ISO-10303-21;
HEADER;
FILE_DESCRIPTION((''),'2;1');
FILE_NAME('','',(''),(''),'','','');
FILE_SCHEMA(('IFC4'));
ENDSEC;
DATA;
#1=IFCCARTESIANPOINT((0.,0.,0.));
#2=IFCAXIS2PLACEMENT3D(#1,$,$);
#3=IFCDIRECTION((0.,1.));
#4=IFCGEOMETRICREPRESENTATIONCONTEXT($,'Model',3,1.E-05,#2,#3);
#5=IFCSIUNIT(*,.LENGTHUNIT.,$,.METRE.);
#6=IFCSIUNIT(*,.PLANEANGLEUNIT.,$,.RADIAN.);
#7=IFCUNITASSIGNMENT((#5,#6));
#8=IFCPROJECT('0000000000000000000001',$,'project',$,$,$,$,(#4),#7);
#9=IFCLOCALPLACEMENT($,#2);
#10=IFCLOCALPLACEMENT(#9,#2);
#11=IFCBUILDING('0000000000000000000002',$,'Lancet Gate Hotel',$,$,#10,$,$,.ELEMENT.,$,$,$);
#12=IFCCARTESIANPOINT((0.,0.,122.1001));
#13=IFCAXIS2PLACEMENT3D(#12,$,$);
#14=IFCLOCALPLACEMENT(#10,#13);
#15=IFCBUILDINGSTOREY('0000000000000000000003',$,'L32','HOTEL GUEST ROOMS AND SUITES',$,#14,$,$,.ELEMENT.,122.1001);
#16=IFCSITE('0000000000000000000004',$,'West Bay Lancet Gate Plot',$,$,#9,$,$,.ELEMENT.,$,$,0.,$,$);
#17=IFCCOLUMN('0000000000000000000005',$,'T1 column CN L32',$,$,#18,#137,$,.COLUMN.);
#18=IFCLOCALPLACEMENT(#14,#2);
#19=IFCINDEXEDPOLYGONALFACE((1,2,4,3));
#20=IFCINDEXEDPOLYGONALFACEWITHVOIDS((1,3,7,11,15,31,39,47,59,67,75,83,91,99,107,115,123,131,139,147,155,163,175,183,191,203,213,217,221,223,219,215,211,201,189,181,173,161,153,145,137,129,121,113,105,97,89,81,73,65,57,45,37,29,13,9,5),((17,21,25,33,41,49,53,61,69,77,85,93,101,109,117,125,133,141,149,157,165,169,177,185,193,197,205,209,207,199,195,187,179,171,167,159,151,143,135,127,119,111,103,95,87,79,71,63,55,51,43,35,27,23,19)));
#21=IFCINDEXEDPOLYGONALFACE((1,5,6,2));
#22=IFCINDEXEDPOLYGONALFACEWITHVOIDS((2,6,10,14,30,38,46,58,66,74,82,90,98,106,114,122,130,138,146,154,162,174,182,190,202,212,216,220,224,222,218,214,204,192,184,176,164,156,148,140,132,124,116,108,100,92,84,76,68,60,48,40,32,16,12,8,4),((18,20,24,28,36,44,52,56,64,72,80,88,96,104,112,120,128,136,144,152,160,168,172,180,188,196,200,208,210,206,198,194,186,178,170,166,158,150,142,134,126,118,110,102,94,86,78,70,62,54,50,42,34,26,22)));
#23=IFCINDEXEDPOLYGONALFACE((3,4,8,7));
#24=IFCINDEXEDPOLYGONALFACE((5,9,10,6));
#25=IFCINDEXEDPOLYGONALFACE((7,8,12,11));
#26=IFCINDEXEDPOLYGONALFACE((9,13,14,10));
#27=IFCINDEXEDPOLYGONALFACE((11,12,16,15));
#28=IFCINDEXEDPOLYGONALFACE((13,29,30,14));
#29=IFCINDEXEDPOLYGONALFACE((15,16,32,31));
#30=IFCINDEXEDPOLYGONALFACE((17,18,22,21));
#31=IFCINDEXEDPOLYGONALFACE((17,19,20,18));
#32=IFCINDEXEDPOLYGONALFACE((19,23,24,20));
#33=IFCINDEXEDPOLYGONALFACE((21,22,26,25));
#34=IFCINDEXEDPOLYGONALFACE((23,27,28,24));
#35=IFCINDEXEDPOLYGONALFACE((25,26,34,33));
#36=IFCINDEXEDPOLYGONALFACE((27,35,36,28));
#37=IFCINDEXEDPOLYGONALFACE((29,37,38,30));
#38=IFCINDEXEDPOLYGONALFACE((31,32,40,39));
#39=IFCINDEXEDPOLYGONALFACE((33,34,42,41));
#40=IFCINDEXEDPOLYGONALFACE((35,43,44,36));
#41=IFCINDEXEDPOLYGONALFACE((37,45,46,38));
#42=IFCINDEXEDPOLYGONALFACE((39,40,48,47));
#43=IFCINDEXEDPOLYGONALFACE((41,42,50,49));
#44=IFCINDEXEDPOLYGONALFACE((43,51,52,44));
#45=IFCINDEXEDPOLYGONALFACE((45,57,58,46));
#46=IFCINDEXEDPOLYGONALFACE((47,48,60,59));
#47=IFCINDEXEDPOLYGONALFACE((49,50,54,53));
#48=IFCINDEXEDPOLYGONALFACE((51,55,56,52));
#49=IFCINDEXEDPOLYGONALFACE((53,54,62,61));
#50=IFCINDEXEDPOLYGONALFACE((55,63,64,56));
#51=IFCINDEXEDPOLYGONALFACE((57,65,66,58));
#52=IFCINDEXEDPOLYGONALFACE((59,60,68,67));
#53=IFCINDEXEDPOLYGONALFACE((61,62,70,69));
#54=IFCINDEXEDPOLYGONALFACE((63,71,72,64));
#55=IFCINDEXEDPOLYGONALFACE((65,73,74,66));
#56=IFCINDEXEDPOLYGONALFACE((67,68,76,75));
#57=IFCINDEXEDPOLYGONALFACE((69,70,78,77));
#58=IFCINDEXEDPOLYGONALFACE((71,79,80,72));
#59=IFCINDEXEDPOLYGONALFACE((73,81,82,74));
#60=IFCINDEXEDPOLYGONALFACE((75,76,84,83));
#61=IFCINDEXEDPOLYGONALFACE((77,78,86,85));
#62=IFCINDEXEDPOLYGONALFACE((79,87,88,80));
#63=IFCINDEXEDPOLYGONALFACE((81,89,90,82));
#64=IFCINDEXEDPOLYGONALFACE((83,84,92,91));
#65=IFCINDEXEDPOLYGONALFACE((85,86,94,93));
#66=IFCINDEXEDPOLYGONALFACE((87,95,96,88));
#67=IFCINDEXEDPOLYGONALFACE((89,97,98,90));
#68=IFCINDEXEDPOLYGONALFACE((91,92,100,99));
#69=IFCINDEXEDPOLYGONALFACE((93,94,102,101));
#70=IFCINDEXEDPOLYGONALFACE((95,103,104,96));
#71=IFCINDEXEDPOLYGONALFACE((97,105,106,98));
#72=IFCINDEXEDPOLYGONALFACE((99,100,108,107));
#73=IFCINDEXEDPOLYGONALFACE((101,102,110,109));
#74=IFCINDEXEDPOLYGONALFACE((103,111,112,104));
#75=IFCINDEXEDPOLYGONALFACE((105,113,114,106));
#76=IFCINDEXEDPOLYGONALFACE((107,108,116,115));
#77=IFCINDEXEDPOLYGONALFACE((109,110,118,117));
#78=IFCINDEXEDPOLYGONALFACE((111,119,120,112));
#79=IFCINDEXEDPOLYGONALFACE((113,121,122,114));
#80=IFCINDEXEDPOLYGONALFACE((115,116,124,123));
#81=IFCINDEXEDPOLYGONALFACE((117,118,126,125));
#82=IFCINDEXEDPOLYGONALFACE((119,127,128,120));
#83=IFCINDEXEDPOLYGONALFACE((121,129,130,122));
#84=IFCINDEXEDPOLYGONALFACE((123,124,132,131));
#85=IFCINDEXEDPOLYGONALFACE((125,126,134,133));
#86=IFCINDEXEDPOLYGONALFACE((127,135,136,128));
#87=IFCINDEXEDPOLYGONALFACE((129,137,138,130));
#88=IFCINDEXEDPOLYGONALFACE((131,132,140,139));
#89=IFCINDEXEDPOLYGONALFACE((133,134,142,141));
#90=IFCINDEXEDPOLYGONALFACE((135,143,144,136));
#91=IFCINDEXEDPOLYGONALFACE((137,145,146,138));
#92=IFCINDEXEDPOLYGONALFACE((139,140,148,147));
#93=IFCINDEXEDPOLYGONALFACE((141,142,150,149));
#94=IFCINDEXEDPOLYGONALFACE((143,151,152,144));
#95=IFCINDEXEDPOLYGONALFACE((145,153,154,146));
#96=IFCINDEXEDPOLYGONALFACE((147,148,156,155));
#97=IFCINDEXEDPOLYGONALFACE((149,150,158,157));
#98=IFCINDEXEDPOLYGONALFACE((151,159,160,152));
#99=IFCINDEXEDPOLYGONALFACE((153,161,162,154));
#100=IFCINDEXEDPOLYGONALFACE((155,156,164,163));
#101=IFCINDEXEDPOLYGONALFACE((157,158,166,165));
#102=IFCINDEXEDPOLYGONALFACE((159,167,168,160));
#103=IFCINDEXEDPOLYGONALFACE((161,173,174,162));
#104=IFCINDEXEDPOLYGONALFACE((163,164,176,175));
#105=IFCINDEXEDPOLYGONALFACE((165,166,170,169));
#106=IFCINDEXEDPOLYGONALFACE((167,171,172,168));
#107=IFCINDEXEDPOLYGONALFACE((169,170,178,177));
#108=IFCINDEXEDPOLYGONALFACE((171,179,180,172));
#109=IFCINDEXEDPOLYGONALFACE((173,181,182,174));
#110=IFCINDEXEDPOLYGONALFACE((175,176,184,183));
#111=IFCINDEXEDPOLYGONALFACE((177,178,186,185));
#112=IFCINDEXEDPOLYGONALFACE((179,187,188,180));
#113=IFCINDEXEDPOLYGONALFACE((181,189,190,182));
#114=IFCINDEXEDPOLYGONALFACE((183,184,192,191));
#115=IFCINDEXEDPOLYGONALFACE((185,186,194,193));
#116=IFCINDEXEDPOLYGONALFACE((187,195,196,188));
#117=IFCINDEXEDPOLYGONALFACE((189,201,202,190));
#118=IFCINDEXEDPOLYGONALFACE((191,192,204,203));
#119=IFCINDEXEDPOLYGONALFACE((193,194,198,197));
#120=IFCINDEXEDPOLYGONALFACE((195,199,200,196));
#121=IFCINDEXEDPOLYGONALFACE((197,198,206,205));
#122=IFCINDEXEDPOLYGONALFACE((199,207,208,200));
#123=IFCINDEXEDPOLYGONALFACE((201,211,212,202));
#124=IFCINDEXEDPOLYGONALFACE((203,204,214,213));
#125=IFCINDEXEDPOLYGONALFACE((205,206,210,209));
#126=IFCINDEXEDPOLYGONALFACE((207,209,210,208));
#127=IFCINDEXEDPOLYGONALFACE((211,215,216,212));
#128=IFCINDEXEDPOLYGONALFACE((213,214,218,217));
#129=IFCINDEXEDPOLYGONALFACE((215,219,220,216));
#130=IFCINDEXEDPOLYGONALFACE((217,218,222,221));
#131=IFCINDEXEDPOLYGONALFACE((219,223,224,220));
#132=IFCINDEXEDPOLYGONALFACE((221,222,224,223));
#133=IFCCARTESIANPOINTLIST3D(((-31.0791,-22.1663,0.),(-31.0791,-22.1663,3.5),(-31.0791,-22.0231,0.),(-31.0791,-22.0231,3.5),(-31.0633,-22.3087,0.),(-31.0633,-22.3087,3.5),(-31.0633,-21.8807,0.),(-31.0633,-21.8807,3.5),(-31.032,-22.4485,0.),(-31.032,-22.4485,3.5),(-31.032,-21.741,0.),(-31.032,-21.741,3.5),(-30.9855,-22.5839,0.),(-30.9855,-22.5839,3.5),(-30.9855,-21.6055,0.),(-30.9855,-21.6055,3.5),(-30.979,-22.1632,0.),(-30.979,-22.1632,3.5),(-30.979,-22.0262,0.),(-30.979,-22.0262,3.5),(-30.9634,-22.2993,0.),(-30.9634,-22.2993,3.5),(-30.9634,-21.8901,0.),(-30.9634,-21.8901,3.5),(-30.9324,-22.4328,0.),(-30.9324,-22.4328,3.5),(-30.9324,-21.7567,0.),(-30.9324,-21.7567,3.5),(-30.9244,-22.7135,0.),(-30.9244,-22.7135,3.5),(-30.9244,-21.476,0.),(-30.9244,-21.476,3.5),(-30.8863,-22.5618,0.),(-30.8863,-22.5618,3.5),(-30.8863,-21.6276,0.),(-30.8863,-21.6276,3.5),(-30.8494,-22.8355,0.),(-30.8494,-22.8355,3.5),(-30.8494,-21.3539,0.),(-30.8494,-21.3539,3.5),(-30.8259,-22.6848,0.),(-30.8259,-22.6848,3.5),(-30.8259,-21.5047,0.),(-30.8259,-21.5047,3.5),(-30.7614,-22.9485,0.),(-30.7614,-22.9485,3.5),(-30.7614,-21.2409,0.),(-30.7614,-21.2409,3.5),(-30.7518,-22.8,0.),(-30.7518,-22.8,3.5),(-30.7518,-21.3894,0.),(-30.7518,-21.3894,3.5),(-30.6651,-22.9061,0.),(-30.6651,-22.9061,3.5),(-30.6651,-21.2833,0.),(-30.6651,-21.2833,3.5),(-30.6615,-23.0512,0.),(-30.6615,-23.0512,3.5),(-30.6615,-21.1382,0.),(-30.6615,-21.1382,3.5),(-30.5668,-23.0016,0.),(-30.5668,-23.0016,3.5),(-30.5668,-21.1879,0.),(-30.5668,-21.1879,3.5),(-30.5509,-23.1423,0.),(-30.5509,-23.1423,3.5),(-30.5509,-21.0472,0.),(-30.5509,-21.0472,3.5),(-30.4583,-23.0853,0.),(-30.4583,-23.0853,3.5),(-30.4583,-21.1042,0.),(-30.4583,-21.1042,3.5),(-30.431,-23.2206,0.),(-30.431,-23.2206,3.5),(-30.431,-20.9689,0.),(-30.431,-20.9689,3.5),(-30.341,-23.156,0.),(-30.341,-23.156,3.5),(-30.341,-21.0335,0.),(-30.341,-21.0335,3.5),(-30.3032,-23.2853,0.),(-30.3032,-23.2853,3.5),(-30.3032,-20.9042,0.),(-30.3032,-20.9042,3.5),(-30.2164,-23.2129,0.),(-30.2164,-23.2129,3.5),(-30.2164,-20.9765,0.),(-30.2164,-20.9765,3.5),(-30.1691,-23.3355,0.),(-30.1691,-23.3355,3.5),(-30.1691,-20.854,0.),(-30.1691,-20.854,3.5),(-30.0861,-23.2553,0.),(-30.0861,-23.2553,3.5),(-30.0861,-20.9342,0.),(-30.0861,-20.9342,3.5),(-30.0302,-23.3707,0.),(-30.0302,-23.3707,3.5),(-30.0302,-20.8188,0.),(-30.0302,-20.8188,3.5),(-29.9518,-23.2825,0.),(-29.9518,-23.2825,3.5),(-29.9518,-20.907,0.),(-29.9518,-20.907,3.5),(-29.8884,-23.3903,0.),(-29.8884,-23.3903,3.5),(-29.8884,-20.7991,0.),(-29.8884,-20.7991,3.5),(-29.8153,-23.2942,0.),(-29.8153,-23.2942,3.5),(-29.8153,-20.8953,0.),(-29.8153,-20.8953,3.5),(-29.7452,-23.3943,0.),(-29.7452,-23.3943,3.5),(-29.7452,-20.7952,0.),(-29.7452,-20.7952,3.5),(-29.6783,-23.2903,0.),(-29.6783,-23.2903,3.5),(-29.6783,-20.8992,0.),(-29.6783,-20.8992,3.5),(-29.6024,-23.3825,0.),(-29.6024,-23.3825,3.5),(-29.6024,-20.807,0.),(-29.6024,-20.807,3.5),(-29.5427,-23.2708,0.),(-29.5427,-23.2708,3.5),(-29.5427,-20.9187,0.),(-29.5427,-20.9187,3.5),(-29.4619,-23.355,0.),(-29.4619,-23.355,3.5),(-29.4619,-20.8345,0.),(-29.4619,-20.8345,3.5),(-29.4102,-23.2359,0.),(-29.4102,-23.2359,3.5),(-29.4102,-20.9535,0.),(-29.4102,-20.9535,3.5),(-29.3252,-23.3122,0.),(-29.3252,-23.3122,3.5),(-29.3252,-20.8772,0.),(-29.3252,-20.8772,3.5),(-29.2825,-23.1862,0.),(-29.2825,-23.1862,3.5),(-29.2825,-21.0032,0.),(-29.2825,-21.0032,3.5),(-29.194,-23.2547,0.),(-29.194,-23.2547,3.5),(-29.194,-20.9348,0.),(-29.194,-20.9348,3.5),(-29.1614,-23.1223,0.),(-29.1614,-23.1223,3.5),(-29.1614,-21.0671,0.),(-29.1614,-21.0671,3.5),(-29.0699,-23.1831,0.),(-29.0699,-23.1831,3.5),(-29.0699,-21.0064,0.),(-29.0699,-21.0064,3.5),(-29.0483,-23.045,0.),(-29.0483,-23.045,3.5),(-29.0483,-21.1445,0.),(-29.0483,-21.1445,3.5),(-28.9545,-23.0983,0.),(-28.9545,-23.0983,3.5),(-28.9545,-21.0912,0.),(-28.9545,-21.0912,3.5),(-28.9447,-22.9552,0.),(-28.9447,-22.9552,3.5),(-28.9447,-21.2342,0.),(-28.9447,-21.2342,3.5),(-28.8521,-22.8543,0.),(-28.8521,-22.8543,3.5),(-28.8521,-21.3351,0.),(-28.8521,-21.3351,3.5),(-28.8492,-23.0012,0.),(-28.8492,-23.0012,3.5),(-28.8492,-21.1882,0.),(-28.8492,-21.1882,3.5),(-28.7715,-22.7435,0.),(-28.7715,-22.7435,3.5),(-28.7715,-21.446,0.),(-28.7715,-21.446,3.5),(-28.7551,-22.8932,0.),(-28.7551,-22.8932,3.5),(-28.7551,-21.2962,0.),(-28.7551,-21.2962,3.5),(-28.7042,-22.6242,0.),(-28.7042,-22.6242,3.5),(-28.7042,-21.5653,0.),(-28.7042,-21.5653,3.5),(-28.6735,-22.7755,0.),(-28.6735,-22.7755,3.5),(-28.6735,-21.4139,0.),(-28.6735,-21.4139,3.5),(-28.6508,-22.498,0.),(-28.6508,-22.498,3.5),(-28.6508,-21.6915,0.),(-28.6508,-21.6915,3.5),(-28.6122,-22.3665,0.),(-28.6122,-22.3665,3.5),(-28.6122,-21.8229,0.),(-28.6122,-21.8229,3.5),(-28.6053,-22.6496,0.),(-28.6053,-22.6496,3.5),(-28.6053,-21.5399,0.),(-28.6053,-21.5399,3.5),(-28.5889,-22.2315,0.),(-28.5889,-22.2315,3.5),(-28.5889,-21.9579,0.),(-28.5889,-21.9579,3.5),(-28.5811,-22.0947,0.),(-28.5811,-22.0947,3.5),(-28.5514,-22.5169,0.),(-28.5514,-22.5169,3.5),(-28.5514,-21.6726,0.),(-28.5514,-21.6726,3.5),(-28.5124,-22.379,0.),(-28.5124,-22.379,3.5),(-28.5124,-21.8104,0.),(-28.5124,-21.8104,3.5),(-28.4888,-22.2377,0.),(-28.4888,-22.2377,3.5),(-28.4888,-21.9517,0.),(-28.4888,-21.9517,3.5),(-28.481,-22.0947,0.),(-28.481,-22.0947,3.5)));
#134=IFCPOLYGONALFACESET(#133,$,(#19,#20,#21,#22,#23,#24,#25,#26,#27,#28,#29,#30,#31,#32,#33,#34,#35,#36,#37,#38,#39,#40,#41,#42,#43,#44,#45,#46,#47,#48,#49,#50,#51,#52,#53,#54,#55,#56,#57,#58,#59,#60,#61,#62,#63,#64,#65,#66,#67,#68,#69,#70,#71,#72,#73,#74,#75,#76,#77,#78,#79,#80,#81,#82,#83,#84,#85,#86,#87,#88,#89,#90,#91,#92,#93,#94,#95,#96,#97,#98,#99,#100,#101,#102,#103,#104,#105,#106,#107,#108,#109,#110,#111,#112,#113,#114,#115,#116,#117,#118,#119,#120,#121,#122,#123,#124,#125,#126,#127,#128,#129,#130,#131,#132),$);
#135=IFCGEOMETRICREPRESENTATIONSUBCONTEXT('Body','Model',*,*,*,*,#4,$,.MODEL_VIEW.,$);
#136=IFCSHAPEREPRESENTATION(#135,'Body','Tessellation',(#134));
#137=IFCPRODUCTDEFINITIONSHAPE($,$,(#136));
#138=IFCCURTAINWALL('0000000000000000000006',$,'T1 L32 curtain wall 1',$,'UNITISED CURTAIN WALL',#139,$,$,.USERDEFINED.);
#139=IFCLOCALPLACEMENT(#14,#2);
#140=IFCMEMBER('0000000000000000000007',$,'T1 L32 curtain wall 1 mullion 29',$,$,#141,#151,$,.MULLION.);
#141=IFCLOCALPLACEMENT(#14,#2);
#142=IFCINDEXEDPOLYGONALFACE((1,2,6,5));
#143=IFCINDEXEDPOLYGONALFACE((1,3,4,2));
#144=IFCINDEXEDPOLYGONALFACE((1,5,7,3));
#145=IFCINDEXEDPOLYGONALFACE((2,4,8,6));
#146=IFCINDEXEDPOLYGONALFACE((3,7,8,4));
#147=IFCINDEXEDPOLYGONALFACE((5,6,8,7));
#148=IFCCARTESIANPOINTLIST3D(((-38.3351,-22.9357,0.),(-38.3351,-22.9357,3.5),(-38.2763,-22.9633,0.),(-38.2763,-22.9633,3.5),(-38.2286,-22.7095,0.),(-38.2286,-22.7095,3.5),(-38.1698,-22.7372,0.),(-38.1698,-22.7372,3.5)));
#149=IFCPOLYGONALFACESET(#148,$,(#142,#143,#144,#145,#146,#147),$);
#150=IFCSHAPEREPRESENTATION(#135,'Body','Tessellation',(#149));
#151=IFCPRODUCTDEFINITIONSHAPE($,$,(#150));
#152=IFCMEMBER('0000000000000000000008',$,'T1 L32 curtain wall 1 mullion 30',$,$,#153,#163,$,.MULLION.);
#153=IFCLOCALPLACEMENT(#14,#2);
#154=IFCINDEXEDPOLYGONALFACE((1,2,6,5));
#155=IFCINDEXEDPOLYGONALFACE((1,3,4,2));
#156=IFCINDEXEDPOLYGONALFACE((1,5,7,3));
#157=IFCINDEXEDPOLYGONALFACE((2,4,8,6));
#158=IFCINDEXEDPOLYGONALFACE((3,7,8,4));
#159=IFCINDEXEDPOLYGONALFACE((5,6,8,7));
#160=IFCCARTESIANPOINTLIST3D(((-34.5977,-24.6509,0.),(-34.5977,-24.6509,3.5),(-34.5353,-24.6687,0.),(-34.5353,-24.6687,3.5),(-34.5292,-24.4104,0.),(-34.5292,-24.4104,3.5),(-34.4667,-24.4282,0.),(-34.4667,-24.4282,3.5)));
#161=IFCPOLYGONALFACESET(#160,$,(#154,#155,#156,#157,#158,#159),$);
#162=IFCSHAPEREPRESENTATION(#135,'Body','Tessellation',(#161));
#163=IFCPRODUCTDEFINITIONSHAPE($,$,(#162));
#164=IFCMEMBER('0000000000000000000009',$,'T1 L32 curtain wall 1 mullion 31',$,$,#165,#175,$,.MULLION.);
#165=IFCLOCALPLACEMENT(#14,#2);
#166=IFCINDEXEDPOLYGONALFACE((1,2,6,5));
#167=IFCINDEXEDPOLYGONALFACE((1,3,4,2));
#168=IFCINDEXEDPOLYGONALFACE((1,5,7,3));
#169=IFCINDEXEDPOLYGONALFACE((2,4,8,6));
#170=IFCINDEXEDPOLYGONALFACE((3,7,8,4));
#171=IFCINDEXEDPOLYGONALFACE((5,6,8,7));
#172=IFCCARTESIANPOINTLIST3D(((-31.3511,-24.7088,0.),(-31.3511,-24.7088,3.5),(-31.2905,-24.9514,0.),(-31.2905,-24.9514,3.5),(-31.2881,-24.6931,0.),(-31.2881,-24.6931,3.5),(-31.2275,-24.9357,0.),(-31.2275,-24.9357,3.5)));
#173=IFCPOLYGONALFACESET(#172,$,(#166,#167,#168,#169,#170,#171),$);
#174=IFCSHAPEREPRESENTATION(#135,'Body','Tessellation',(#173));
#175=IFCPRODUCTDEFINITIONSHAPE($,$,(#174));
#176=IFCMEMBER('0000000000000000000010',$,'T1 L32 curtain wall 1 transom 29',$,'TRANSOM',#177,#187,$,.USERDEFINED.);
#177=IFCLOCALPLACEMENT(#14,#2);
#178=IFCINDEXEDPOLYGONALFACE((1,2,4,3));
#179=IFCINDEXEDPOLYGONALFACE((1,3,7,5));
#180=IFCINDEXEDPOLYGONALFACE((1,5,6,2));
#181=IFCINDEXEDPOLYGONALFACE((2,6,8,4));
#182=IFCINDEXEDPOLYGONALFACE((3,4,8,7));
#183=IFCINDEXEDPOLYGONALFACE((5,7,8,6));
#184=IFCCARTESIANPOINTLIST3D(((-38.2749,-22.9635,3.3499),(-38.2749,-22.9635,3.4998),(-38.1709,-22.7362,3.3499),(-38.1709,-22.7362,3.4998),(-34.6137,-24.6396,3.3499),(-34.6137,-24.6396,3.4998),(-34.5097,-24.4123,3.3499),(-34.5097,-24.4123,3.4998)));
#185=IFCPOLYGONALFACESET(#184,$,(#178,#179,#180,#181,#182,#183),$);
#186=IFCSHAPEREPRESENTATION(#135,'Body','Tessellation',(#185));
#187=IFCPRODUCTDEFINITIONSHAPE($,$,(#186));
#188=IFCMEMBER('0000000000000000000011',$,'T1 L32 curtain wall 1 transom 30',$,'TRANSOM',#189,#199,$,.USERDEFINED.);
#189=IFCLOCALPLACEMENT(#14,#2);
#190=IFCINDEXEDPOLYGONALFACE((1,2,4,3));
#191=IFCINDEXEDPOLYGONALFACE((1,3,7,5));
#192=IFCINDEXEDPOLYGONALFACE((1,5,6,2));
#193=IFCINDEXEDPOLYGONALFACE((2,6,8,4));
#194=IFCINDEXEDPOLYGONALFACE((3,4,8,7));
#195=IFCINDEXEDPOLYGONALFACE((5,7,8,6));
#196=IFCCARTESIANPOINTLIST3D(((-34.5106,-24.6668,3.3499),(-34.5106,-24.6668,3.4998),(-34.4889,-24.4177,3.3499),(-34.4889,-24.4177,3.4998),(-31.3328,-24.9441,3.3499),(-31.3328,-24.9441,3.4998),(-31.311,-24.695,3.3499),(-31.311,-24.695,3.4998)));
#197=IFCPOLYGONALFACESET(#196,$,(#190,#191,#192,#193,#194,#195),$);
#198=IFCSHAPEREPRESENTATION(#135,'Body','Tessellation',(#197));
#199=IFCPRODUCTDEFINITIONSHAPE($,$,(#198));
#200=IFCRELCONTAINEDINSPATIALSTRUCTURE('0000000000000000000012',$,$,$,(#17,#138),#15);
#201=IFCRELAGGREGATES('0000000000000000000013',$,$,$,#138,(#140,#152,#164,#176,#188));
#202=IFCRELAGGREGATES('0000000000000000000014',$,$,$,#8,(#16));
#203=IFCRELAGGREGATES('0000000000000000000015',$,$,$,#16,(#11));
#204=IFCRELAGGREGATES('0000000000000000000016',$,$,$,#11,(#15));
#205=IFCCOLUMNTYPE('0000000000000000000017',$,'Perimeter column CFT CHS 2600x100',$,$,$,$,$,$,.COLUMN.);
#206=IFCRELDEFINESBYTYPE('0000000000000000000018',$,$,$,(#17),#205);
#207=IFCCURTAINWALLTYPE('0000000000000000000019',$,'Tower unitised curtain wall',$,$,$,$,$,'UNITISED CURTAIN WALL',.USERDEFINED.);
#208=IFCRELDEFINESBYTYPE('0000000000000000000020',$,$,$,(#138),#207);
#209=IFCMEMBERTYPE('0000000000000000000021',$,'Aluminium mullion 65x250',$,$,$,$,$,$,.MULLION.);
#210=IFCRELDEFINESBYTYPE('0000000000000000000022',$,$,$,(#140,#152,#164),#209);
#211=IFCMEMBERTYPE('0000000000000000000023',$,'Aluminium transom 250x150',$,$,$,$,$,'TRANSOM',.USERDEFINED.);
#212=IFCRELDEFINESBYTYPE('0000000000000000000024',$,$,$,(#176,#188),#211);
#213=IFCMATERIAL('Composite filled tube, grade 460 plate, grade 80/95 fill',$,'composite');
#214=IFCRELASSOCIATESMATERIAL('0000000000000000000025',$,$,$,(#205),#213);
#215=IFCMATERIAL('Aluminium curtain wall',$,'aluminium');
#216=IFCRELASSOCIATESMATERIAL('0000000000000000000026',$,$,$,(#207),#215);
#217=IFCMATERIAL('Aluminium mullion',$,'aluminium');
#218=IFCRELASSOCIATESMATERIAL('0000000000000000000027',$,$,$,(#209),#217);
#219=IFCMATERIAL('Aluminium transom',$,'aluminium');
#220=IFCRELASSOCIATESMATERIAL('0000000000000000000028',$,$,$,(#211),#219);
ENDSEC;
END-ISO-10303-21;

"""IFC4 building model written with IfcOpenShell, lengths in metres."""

from ifc_helpers import new_model, si_unit, direction, frame, origin, origin_2d, place, context, subcontext, project, spatial, rectangle, hollow_circle, extrude, material, material_profile, profile_set, type_object, element, aggregate, save


model = new_model("IFC4")

# Units and contexts
model_context = context("Model", 3, precision=1e-05, world=origin(), true_north=direction((0.0, 1.0)))
body_context = subcontext(model_context, "Body", "Model", "MODEL_VIEW")
ifc_project = project(units=[si_unit("LENGTHUNIT", "METRE"), si_unit("PLANEANGLEUNIT", "RADIAN")], contexts=[model_context])

# Site, building, storey
site_placement = place(None, origin())
site = spatial("IfcSite", under=ifc_project, at=site_placement, Name="West Bay Lancet Gate Plot", CompositionType="ELEMENT", RefElevation=0.0)
building_placement = place(site_placement, origin())
building = spatial("IfcBuilding", under=site, at=building_placement, Name="Lancet Gate Hotel", CompositionType="ELEMENT")
storey_placement = place(building_placement, frame((0.0, 0.0, 122.1001)))
storey = spatial("IfcBuildingStorey", under=building, at=storey_placement, Name="L32", Description="HOTEL GUEST ROOMS AND SUITES", CompositionType="ELEMENT", Elevation=122.1001)

# Column
ifc_material_1 = material(Name="Composite filled tube, grade 460 plate, grade 80/95 fill", Category="composite")
ifc_material_profile_1 = material_profile(ifc_material_1, hollow_circle(Radius=1.3, WallThickness=0.1001, at=origin_2d()), Name="CHS 2600x100")
ifc_profile_set_1 = profile_set([ifc_material_profile_1], Name="Composite filled tube, grade 460 plate, grade 80/95 fill")
column_type = type_object("IfcColumnType", Name="Perimeter column CFT CHS 2600x100", PredefinedType="COLUMN", material=ifc_profile_set_1)
column_placement = place(storey_placement, frame((-29.781, -22.0947, 0.0), z_axis=(0.0, 0.0, 1.0), x_axis=(1.0, 0.0, 0.0)))
element("IfcColumn", 1, at=column_placement, inside=storey, type_object=column_type, Name="T1 column CN L32", PredefinedType="COLUMN", context=body_context, shape_type="SweptSolid", body=[
    extrude(hollow_circle(Radius=1.3, WallThickness=0.1001, at=origin_2d()), origin(), (0.0, 0.0, 1.0), 3.5),
])

# Curtain wall, members
ifc_material_2 = material(Name="Aluminium curtain wall", Category="aluminium")
curtain_wall_type = type_object("IfcCurtainWallType", Name="Tower unitised curtain wall", ElementType="UNITISED CURTAIN WALL", PredefinedType="USERDEFINED", material=ifc_material_2)
curtain_wall_placement = place(storey_placement, origin())
curtain_wall = element("IfcCurtainWall", 2, at=curtain_wall_placement, inside=storey, type_object=curtain_wall_type, Name="T1 L32 curtain wall 1", ObjectType="UNITISED CURTAIN WALL", PredefinedType="USERDEFINED")
ifc_material_3 = material(Name="Aluminium mullion", Category="aluminium")
ifc_material_profile_2 = material_profile(ifc_material_3, rectangle(XDim=0.0649, YDim=0.25, at=origin_2d()), Name="MULLION 65x250")
ifc_profile_set_2 = profile_set([ifc_material_profile_2], Name="Aluminium mullion")
member_type_1 = type_object("IfcMemberType", Name="Aluminium mullion 65x250", PredefinedType="MULLION", material=ifc_profile_set_2)
member_1_placement = place(storey_placement, frame((-38.2524, -22.8364, 0.0), z_axis=(0.0, 0.0, 1.0), x_axis=(0.90472, -0.426008, 0.0)))
member_1 = element("IfcMember", 3, at=member_1_placement, type_object=member_type_1, Name="T1 L32 curtain wall 1 mullion 29", PredefinedType="MULLION", context=body_context, shape_type="SweptSolid", body=[
    extrude(rectangle(XDim=0.0649, YDim=0.25, at=origin_2d()), origin(), (0.0, 0.0, 1.0), 3.5),
])
member_2_placement = place(storey_placement, frame((-34.5322, -24.5396, 0.0), z_axis=(0.0, 0.0, 1.0), x_axis=(0.961653, -0.274268, 0.0)))
member_2 = element("IfcMember", 4, at=member_2_placement, type_object=member_type_1, Name="T1 L32 curtain wall 1 mullion 30", PredefinedType="MULLION", context=body_context, shape_type="SweptSolid", body=[
    extrude(rectangle(XDim=0.0649, YDim=0.25, at=origin_2d()), origin(), (0.0, 0.0, 1.0), 3.5),
])
member_3_placement = place(storey_placement, frame((-31.2893, -24.8223, 0.0), z_axis=(0.0, 0.0, 1.0), x_axis=(0.970242, 0.242137, 0.0)))
member_3 = element("IfcMember", 5, at=member_3_placement, type_object=member_type_1, Name="T1 L32 curtain wall 1 mullion 31", PredefinedType="MULLION", context=body_context, shape_type="SweptSolid", body=[
    extrude(rectangle(XDim=0.0649, YDim=0.25, at=origin_2d()), origin(), (0.0, 0.0, 1.0), 3.5),
])
ifc_material_4 = material(Name="Aluminium transom", Category="aluminium")
ifc_material_profile_3 = material_profile(ifc_material_4, rectangle(XDim=0.25, YDim=0.1499, at=origin_2d()), Name="TRANSOM 250x150")
ifc_profile_set_3 = profile_set([ifc_material_profile_3], Name="Aluminium transom")
member_type_2 = type_object("IfcMemberType", Name="Aluminium transom 250x150", ElementType="TRANSOM", PredefinedType="USERDEFINED", material=ifc_profile_set_3)
member_4_placement = place(storey_placement, frame((-38.2229, -22.8499, 3.4248), z_axis=(0.909252, -0.416245, 0.0), x_axis=(0.416245, 0.909252, 0.0)))
member_4 = element("IfcMember", 6, at=member_4_placement, type_object=member_type_2, Name="T1 L32 curtain wall 1 transom 29", ObjectType="TRANSOM", PredefinedType="USERDEFINED", context=body_context, shape_type="SweptSolid", body=[
    extrude(rectangle(XDim=0.25, YDim=0.1499, at=origin_2d()), origin(), (0.0, 0.0, 1.0), 4.0266),
])
member_5_placement = place(storey_placement, frame((-34.4998, -24.5422, 3.4248), z_axis=(0.996214, -0.08694, 0.0), x_axis=(0.08694, 0.996214, 0.0)))
member_5 = element("IfcMember", 7, at=member_5_placement, type_object=member_type_2, Name="T1 L32 curtain wall 1 transom 30", ObjectType="TRANSOM", PredefinedType="USERDEFINED", context=body_context, shape_type="SweptSolid", body=[
    extrude(rectangle(XDim=0.25, YDim=0.1499, at=origin_2d()), origin(), (0.0, 0.0, 1.0), 3.1899),
])

aggregate(curtain_wall, [member_1, member_2, member_3, member_4, member_5])

save(model, "model.ifc")
